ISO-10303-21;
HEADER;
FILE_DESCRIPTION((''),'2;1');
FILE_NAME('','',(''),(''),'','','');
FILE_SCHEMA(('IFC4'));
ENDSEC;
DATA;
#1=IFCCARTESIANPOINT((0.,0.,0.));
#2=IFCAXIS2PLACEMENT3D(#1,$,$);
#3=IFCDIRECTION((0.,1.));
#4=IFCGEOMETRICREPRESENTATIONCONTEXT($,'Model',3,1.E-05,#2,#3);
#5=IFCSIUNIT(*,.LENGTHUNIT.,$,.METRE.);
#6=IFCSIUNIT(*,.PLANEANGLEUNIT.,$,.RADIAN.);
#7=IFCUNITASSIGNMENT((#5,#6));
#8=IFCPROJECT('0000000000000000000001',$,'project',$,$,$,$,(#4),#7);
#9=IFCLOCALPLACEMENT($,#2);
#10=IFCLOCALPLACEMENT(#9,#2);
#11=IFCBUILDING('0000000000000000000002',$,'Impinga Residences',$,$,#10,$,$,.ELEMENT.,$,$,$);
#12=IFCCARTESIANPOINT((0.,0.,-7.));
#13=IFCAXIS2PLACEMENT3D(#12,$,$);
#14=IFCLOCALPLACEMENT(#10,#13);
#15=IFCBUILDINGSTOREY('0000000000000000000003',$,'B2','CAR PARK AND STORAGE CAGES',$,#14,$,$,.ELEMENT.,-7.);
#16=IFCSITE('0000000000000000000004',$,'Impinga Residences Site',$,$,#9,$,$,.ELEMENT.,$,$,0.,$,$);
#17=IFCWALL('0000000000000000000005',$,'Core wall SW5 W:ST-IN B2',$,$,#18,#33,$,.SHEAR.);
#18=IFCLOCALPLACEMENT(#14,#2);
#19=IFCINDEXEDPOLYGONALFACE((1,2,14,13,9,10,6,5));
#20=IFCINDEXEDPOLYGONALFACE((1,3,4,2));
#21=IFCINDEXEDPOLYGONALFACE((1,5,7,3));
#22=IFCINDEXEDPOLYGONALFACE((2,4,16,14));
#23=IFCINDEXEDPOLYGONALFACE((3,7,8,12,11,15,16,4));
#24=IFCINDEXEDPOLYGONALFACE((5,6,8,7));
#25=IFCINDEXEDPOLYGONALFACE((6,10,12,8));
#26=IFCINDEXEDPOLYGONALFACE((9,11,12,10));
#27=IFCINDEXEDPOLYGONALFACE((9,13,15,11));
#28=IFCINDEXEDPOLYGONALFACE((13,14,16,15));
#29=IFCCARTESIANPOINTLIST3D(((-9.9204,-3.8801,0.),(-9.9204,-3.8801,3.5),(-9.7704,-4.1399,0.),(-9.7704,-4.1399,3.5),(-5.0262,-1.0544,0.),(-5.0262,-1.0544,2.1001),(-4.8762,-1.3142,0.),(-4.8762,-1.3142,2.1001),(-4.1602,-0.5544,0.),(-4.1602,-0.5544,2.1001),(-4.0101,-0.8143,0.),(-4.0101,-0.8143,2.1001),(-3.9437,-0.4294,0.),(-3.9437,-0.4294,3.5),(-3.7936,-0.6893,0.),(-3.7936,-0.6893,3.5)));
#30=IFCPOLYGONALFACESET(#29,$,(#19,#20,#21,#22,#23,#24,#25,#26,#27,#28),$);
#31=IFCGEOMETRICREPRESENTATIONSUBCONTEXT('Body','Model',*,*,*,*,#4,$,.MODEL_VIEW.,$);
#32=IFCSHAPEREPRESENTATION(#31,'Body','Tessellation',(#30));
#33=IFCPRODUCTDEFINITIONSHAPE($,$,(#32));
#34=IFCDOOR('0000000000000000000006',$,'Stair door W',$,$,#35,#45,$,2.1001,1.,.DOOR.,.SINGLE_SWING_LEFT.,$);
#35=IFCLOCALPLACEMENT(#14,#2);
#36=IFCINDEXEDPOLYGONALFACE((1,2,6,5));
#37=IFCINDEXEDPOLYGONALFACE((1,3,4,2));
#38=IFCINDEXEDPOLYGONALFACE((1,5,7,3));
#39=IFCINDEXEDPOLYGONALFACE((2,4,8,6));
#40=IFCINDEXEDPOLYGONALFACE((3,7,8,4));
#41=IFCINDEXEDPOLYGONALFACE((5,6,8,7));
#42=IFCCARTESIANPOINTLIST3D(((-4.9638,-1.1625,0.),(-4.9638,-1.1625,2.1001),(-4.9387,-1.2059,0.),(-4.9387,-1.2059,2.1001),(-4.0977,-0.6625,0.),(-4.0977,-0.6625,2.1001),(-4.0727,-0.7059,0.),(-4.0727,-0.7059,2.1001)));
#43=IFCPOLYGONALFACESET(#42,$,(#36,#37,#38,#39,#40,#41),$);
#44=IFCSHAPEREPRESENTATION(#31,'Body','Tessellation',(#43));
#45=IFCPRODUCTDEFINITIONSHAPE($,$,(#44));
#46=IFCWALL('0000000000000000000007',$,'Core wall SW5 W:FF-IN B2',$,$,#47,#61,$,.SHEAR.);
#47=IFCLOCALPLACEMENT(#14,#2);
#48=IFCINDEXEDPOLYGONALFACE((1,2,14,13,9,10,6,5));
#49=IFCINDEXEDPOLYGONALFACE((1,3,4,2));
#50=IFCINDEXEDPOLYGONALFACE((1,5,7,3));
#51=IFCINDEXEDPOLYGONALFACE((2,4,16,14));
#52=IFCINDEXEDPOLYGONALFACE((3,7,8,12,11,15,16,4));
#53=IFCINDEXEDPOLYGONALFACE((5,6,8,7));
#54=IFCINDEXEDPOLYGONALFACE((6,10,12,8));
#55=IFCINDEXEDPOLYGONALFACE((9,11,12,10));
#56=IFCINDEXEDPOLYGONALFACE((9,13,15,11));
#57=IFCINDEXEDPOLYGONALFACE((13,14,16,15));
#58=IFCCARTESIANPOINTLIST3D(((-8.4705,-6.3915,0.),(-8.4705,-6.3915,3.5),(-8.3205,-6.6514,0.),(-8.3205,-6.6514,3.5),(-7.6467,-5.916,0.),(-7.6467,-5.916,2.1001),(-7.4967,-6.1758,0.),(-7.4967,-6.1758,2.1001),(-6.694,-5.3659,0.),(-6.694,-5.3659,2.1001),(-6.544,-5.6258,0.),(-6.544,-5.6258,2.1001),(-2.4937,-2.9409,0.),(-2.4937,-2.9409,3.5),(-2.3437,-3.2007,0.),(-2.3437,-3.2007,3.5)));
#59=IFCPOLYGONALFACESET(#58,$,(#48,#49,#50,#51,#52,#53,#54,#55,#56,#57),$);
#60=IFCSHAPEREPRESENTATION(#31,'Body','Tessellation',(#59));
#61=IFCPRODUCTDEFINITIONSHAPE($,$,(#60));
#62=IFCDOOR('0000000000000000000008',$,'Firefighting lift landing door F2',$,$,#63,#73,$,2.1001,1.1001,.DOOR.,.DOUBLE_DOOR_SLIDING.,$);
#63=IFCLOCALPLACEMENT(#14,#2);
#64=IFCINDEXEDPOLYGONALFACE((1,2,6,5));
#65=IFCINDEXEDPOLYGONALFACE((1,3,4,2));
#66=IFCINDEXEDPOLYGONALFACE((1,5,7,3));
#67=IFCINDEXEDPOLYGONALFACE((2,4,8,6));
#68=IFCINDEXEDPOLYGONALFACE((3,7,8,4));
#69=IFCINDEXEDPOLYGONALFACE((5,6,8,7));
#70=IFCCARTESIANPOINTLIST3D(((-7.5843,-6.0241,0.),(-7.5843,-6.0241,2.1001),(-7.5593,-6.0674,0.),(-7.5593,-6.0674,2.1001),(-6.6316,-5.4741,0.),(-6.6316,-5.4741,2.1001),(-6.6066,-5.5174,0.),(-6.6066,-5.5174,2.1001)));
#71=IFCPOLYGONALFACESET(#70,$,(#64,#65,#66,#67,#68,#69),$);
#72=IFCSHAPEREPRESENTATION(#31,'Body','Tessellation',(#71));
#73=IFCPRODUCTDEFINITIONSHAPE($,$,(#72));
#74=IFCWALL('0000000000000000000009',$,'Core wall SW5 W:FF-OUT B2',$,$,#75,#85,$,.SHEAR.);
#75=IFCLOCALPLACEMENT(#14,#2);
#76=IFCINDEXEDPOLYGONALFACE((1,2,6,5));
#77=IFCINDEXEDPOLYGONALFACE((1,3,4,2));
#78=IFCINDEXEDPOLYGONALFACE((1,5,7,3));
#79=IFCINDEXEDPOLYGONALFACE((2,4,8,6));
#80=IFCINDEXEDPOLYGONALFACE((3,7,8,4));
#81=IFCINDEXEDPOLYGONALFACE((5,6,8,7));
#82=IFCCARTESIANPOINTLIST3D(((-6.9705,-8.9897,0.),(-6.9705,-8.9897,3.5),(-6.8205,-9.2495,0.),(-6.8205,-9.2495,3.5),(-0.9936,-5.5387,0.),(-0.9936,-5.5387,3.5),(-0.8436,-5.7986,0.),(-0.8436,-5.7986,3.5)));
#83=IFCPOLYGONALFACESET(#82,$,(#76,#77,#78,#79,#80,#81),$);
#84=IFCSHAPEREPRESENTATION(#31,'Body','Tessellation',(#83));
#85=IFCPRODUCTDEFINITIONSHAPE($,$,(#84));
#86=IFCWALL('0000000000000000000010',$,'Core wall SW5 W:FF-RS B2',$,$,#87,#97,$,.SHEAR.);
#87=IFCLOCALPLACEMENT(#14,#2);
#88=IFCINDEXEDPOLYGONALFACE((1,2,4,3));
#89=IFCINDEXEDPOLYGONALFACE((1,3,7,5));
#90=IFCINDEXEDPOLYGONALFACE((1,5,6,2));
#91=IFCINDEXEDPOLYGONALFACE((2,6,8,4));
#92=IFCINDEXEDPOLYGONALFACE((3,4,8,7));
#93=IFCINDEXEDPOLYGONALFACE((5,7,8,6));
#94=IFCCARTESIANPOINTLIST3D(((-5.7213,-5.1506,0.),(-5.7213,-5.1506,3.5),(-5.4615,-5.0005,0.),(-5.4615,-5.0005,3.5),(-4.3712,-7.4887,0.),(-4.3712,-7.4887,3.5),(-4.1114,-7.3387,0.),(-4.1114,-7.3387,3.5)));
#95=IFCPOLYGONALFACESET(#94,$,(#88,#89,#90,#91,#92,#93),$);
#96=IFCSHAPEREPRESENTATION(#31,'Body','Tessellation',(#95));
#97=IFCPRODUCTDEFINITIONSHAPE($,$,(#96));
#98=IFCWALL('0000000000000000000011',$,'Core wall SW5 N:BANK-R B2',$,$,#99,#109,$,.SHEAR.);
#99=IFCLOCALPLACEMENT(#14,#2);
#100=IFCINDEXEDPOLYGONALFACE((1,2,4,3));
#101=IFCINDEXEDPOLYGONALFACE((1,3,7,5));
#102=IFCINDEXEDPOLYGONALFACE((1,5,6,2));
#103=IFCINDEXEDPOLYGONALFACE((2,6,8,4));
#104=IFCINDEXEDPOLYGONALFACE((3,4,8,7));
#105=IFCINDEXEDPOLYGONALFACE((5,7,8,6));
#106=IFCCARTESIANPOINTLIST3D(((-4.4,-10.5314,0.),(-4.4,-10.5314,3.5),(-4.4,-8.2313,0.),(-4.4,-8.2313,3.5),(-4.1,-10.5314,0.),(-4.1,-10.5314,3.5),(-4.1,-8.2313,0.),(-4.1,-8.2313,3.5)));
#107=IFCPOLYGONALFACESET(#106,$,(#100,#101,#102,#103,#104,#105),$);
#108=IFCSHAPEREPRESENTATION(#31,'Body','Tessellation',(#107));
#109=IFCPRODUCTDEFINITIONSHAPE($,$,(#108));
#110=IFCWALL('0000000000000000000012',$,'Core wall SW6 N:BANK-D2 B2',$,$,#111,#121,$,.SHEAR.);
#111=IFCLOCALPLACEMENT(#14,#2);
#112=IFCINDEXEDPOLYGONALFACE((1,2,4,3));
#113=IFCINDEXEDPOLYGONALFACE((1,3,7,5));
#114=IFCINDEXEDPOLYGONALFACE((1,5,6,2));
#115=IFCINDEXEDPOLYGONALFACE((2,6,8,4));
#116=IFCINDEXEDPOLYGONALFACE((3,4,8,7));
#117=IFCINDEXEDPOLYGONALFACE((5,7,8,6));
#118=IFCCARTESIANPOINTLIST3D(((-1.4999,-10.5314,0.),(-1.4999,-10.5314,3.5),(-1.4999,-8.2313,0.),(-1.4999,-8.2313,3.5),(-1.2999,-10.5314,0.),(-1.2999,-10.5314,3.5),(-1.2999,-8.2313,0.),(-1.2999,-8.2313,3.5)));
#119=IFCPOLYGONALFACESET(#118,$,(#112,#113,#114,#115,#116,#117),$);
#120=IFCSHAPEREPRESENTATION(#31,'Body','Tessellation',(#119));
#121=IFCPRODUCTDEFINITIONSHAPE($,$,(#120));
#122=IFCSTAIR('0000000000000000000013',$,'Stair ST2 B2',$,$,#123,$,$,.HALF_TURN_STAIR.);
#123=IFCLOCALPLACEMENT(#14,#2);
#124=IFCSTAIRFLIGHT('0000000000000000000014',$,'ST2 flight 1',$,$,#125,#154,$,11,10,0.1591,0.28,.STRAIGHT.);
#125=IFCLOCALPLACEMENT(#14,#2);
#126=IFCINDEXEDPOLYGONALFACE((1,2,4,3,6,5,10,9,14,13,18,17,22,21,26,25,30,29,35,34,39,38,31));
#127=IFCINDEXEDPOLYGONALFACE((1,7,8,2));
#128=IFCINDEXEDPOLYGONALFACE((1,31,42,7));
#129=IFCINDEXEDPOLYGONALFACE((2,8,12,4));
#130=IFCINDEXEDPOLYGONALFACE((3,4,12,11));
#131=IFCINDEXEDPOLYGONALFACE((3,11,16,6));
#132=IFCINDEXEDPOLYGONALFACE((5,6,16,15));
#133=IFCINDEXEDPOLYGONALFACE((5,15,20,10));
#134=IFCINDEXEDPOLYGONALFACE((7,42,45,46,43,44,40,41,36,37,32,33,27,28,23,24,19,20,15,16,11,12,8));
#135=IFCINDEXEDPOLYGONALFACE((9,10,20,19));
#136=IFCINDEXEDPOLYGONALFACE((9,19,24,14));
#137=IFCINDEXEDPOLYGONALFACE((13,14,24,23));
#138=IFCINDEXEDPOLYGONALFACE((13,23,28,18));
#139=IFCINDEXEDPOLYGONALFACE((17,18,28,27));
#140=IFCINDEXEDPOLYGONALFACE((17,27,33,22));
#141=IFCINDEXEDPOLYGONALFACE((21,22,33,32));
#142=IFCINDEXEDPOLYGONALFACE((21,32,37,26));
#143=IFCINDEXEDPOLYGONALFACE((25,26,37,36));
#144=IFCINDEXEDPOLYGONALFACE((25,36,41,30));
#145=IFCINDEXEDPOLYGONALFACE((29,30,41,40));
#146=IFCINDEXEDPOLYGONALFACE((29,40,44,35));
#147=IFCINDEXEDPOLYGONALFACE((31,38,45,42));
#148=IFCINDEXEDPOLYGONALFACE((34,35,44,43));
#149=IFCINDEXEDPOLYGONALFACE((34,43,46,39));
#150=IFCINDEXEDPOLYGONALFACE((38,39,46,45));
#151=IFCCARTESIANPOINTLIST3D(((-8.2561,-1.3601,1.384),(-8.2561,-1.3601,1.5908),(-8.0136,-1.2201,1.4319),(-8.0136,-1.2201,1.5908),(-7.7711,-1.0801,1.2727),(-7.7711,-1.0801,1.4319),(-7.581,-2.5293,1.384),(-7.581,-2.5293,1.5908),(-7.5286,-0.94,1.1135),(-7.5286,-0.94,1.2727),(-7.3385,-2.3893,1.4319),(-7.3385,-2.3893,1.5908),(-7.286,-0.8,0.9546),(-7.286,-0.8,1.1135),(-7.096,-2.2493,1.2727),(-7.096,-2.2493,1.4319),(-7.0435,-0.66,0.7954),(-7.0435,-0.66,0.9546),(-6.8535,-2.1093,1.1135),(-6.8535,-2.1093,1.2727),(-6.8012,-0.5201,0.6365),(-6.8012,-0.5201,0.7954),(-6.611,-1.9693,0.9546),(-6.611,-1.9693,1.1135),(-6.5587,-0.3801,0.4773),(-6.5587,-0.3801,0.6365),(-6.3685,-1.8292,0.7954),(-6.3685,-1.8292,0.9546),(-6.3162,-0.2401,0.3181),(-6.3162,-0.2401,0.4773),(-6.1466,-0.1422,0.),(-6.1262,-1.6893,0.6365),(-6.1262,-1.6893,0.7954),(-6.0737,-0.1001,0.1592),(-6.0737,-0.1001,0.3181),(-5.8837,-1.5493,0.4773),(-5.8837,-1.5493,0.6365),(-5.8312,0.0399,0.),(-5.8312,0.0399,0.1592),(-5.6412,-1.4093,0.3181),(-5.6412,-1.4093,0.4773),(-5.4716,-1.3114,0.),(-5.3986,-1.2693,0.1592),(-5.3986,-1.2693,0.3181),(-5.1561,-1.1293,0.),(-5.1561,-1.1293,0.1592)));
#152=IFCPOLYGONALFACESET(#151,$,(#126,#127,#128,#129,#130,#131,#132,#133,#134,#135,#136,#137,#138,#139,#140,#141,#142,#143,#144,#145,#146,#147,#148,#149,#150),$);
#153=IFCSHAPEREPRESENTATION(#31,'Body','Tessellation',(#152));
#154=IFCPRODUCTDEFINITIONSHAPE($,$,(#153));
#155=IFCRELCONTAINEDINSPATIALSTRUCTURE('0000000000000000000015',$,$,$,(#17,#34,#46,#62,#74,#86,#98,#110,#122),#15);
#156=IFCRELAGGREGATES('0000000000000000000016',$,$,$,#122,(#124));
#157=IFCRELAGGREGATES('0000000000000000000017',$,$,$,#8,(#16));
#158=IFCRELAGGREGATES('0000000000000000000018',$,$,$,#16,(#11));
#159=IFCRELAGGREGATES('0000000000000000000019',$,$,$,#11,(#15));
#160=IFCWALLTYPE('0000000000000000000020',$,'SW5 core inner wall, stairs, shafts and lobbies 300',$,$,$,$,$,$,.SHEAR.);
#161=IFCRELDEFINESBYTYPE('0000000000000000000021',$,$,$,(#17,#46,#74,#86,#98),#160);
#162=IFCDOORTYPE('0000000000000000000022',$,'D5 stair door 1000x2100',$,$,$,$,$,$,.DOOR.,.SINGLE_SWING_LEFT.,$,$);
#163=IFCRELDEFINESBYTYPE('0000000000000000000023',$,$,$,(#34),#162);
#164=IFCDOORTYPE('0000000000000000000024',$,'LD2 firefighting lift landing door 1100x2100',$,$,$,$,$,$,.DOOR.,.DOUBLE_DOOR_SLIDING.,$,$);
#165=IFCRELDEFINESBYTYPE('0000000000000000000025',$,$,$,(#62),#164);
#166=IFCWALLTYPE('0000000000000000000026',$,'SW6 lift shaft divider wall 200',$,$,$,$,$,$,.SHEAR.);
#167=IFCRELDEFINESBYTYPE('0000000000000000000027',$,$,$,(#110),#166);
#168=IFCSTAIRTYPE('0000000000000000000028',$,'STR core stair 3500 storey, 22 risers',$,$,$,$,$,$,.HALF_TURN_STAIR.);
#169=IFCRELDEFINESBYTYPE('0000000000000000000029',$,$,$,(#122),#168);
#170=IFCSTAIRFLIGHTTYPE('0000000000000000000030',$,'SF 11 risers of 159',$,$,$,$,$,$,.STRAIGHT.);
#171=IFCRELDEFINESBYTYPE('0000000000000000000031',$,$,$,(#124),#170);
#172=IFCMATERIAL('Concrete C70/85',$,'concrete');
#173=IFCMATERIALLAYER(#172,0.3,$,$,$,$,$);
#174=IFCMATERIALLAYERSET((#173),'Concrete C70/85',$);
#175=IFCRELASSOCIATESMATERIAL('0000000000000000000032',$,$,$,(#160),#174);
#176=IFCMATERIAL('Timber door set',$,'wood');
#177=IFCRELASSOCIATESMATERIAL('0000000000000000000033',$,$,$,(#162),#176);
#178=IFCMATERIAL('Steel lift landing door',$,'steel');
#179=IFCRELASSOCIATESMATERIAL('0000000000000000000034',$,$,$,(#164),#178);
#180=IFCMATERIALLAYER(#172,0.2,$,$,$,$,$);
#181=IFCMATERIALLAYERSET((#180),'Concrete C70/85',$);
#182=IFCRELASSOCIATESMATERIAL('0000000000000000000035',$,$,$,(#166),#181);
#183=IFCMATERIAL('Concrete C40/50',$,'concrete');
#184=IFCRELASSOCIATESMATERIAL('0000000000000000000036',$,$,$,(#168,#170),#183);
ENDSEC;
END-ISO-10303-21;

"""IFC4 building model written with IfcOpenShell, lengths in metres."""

from ifc_helpers import new_model, si_unit, direction, frame, frame_2d, origin, place, context, subcontext, project, spatial, polyline, rectangle, outline, extrude, material, layer, layer_set, type_object, element, fill, aggregate, save


model = new_model("IFC4")

# Units and contexts
model_context = context("Model", 3, precision=1e-05, world=origin(), true_north=direction((0.0, 1.0)))
body_context = subcontext(model_context, "Body", "Model", "MODEL_VIEW")
ifc_project = project(units=[si_unit("LENGTHUNIT", "METRE"), si_unit("PLANEANGLEUNIT", "RADIAN")], contexts=[model_context])

# Site, building, storey
site_placement = place(None, origin())
site = spatial("IfcSite", under=ifc_project, at=site_placement, Name="Impinga Residences Site", CompositionType="ELEMENT", RefElevation=0.0)
building_placement = place(site_placement, origin())
building = spatial("IfcBuilding", under=site, at=building_placement, Name="Impinga Residences", CompositionType="ELEMENT")
storey_placement = place(building_placement, frame((0.0, 0.0, -7.0)))
storey = spatial("IfcBuildingStorey", under=building, at=storey_placement, Name="B2", Description="CAR PARK AND STORAGE CAGES", CompositionType="ELEMENT", Elevation=-7.0)

# Shared definitions
ifc_material_1 = material(Name="Concrete C70/85", Category="concrete")

# Shared definitions
ifc_layer_1 = layer(ifc_material_1, 0.3)
ifc_layer_set_1 = layer_set([ifc_layer_1], Name="Concrete C70/85")
wall_type_1 = type_object("IfcWallType", Name="SW5 core inner wall, stairs, shafts and lobbies 300", PredefinedType="SHEAR", material=ifc_layer_set_1)
ifc_material_2 = material(Name="Timber door set", Category="wood")

# Walls, openings, doors
wall_1_placement = place(storey_placement, frame((-3.8687, -0.5593, 0.0), z_axis=(0.0, 0.0, 1.0), x_axis=(-0.866027, -0.499997, 0.0)))
wall_1 = element("IfcWall", 1, at=wall_1_placement, inside=storey, type_object=wall_type_1, Name="Core wall SW5 W:ST-IN B2", PredefinedType="SHEAR", context=body_context, shape_type="SweptSolid", body=[
    extrude(rectangle(XDim=6.9014, YDim=0.3, at=frame_2d((3.4507, 0.0))), origin(), (0.0, 0.0, 1.0), 3.5),
])
opening_1_placement = place(wall_1_placement, frame((0.25, 0.0, 0.0)))
opening_1 = element("IfcOpeningElement", 2, at=opening_1_placement, cuts=wall_1, PredefinedType="OPENING", context=body_context, shape_type="SweptSolid", body=[
    extrude(rectangle(XDim=1.0, YDim=2.1001, at=frame_2d((0.5, 1.05))), frame((0.0, 0.1599, 0.0), z_axis=(0.0, -1.0, 0.0), x_axis=(1.0, 0.0, 0.0)), (0.0, 0.0, 1.0), 0.3201),
])
door_type_1 = type_object("IfcDoorType", Name="D5 stair door 1000x2100", OperationType="SINGLE_SWING_LEFT", PredefinedType="DOOR", material=ifc_material_2)
door_1_placement = place(opening_1_placement, origin())
door_1 = element("IfcDoor", 3, at=door_1_placement, inside=storey, type_object=door_type_1, Name="Stair door W", OperationType="SINGLE_SWING_LEFT", OverallHeight=2.1001, OverallWidth=1.0, PredefinedType="DOOR", context=body_context, shape_type="SweptSolid", body=[
    extrude(rectangle(XDim=1.0, YDim=2.1001, at=frame_2d((0.5, 1.05))), frame((0.0, 0.0249, 0.0), z_axis=(0.0, -1.0, 0.0), x_axis=(1.0, 0.0, 0.0)), (0.0, 0.0, 1.0), 0.05),
])
fill(opening_1, door_1)
wall_2_placement = place(storey_placement, frame((-2.4187, -3.0708, 0.0), z_axis=(0.0, 0.0, 1.0), x_axis=(-0.866027, -0.499997, 0.0)))
wall_2 = element("IfcWall", 4, at=wall_2_placement, inside=storey, type_object=wall_type_1, Name="Core wall SW5 W:FF-IN B2", PredefinedType="SHEAR", context=body_context, shape_type="SweptSolid", body=[
    extrude(rectangle(XDim=6.9014, YDim=0.3, at=frame_2d((3.4507, 0.0))), origin(), (0.0, 0.0, 1.0), 3.5),
])
opening_2_placement = place(wall_2_placement, frame((4.8501, 0.0, 0.0)))
opening_2 = element("IfcOpeningElement", 5, at=opening_2_placement, cuts=wall_2, PredefinedType="OPENING", context=body_context, shape_type="SweptSolid", body=[
    extrude(rectangle(XDim=1.1001, YDim=2.1001, at=frame_2d((0.55, 1.05))), frame((0.0, 0.1599, 0.0), z_axis=(0.0, -1.0, 0.0), x_axis=(1.0, 0.0, 0.0)), (0.0, 0.0, 1.0), 0.3201),
])
ifc_material_3 = material(Name="Steel lift landing door", Category="steel")
door_type_2 = type_object("IfcDoorType", Name="LD2 firefighting lift landing door 1100x2100", OperationType="DOUBLE_DOOR_SLIDING", PredefinedType="DOOR", material=ifc_material_3)
door_2_placement = place(opening_2_placement, origin())
door_2 = element("IfcDoor", 6, at=door_2_placement, inside=storey, type_object=door_type_2, Name="Firefighting lift landing door F2", OperationType="DOUBLE_DOOR_SLIDING", OverallHeight=2.1001, OverallWidth=1.1001, PredefinedType="DOOR", context=body_context, shape_type="SweptSolid", body=[
    extrude(rectangle(XDim=1.1001, YDim=2.1001, at=frame_2d((0.55, 1.05))), frame((0.0, 0.0249, 0.0), z_axis=(0.0, -1.0, 0.0), x_axis=(1.0, 0.0, 0.0)), (0.0, 0.0, 1.0), 0.05),
])
fill(opening_2, door_2)

# Walls
wall_3_placement = place(storey_placement, frame((-0.9187, -5.6687, 0.0), z_axis=(0.0, 0.0, 1.0), x_axis=(-0.866012, -0.500024, 0.0)))
element("IfcWall", 7, at=wall_3_placement, inside=storey, type_object=wall_type_1, Name="Core wall SW5 W:FF-OUT B2", PredefinedType="SHEAR", context=body_context, shape_type="SweptSolid", body=[
    extrude(rectangle(XDim=6.9016, YDim=0.3, at=frame_2d((3.4507, 0.0))), origin(), (0.0, 0.0, 1.0), 3.5),
])
wall_4_placement = place(storey_placement, frame((-4.2412, -7.4138, 0.0), z_axis=(0.0, 0.0, 1.0), x_axis=(-0.500049, 0.865997, 0.0)))
element("IfcWall", 8, at=wall_4_placement, inside=storey, type_object=wall_type_1, Name="Core wall SW5 W:FF-RS B2", PredefinedType="SHEAR", context=body_context, shape_type="SweptSolid", body=[
    extrude(rectangle(XDim=2.7, YDim=0.3, at=frame_2d((1.3501, 0.0))), origin(), (0.0, 0.0, 1.0), 3.5),
])
wall_5_placement = place(storey_placement, frame((-4.25, -8.2314, 0.0), z_axis=(0.0, 0.0, 1.0), x_axis=(0.0, -1.0, 0.0)))
element("IfcWall", 9, at=wall_5_placement, inside=storey, type_object=wall_type_1, Name="Core wall SW5 N:BANK-R B2", PredefinedType="SHEAR", context=body_context, shape_type="SweptSolid", body=[
    extrude(rectangle(XDim=2.3, YDim=0.3, at=frame_2d((1.1499, 0.0))), origin(), (0.0, 0.0, 1.0), 3.5),
])
ifc_layer_2 = layer(ifc_material_1, 0.2)
ifc_layer_set_2 = layer_set([ifc_layer_2], Name="Concrete C70/85")
wall_type_2 = type_object("IfcWallType", Name="SW6 lift shaft divider wall 200", PredefinedType="SHEAR", material=ifc_layer_set_2)
wall_6_placement = place(storey_placement, frame((-1.3999, -8.2314, 0.0), z_axis=(0.0, 0.0, 1.0), x_axis=(0.0, -1.0, 0.0)))
element("IfcWall", 10, at=wall_6_placement, inside=storey, type_object=wall_type_2, Name="Core wall SW6 N:BANK-D2 B2", PredefinedType="SHEAR", context=body_context, shape_type="SweptSolid", body=[
    extrude(rectangle(XDim=2.3, YDim=0.2, at=frame_2d((1.1499, 0.0))), origin(), (0.0, 0.0, 1.0), 3.5),
])

# Stair, stair flight
ifc_material_4 = material(Name="Concrete C40/50", Category="concrete")
stair_type = type_object("IfcStairType", Name="STR core stair 3500 storey, 22 risers", PredefinedType="HALF_TURN_STAIR", material=ifc_material_4)
stair_placement = place(storey_placement, origin())
stair = element("IfcStair", 11, at=stair_placement, inside=storey, type_object=stair_type, Name="Stair ST2 B2", PredefinedType="HALF_TURN_STAIR")
stair_flight_type = type_object("IfcStairFlightType", Name="SF 11 risers of 159", PredefinedType="STRAIGHT", material=ifc_material_4)
stair_flight_placement = place(storey_placement, frame((-5.4937, -0.5447, 0.0), z_axis=(0.0, 0.0, 1.0), x_axis=(-0.866025, -0.5, 0.0)))
stair_flight = element("IfcStairFlight", 12, at=stair_flight_placement, type_object=stair_flight_type, Name="ST2 flight 1", NumberOfRisers=11, NumberOfTreads=10, PredefinedType="STRAIGHT", RiserHeight=0.1591, TreadLength=0.28, context=body_context, shape_type="SweptSolid", body=[
    extrude(outline(polyline([(0.0, 0.0), (0.0, 0.1592), (0.28, 0.1592), (0.28, 0.3181), (0.5601, 0.3181), (0.5601, 0.4773), (0.8401, 0.4773), (0.8401, 0.6365), (1.1201, 0.6365), (1.1201, 0.7954), (1.3999, 0.7954), (1.3999, 0.9546), (1.6799, 0.9546), (1.6799, 1.1135), (1.96, 1.1135), (1.96, 1.2727), (2.24, 1.2727), (2.24, 1.4319), (2.52, 1.4319), (2.52, 1.5908), (2.8, 1.5908), (2.8, 1.75), (2.8, 1.384), (0.3643, 0.0), (0.0, 0.0)])), frame((0.0, 0.675, 0.0), z_axis=(0.0, -1.0, 0.0), x_axis=(1.0, 0.0, 0.0)), (0.0, 0.0, 1.0), 1.3501),
])
aggregate(stair, [stair_flight])

save(model, "model.ifc")
